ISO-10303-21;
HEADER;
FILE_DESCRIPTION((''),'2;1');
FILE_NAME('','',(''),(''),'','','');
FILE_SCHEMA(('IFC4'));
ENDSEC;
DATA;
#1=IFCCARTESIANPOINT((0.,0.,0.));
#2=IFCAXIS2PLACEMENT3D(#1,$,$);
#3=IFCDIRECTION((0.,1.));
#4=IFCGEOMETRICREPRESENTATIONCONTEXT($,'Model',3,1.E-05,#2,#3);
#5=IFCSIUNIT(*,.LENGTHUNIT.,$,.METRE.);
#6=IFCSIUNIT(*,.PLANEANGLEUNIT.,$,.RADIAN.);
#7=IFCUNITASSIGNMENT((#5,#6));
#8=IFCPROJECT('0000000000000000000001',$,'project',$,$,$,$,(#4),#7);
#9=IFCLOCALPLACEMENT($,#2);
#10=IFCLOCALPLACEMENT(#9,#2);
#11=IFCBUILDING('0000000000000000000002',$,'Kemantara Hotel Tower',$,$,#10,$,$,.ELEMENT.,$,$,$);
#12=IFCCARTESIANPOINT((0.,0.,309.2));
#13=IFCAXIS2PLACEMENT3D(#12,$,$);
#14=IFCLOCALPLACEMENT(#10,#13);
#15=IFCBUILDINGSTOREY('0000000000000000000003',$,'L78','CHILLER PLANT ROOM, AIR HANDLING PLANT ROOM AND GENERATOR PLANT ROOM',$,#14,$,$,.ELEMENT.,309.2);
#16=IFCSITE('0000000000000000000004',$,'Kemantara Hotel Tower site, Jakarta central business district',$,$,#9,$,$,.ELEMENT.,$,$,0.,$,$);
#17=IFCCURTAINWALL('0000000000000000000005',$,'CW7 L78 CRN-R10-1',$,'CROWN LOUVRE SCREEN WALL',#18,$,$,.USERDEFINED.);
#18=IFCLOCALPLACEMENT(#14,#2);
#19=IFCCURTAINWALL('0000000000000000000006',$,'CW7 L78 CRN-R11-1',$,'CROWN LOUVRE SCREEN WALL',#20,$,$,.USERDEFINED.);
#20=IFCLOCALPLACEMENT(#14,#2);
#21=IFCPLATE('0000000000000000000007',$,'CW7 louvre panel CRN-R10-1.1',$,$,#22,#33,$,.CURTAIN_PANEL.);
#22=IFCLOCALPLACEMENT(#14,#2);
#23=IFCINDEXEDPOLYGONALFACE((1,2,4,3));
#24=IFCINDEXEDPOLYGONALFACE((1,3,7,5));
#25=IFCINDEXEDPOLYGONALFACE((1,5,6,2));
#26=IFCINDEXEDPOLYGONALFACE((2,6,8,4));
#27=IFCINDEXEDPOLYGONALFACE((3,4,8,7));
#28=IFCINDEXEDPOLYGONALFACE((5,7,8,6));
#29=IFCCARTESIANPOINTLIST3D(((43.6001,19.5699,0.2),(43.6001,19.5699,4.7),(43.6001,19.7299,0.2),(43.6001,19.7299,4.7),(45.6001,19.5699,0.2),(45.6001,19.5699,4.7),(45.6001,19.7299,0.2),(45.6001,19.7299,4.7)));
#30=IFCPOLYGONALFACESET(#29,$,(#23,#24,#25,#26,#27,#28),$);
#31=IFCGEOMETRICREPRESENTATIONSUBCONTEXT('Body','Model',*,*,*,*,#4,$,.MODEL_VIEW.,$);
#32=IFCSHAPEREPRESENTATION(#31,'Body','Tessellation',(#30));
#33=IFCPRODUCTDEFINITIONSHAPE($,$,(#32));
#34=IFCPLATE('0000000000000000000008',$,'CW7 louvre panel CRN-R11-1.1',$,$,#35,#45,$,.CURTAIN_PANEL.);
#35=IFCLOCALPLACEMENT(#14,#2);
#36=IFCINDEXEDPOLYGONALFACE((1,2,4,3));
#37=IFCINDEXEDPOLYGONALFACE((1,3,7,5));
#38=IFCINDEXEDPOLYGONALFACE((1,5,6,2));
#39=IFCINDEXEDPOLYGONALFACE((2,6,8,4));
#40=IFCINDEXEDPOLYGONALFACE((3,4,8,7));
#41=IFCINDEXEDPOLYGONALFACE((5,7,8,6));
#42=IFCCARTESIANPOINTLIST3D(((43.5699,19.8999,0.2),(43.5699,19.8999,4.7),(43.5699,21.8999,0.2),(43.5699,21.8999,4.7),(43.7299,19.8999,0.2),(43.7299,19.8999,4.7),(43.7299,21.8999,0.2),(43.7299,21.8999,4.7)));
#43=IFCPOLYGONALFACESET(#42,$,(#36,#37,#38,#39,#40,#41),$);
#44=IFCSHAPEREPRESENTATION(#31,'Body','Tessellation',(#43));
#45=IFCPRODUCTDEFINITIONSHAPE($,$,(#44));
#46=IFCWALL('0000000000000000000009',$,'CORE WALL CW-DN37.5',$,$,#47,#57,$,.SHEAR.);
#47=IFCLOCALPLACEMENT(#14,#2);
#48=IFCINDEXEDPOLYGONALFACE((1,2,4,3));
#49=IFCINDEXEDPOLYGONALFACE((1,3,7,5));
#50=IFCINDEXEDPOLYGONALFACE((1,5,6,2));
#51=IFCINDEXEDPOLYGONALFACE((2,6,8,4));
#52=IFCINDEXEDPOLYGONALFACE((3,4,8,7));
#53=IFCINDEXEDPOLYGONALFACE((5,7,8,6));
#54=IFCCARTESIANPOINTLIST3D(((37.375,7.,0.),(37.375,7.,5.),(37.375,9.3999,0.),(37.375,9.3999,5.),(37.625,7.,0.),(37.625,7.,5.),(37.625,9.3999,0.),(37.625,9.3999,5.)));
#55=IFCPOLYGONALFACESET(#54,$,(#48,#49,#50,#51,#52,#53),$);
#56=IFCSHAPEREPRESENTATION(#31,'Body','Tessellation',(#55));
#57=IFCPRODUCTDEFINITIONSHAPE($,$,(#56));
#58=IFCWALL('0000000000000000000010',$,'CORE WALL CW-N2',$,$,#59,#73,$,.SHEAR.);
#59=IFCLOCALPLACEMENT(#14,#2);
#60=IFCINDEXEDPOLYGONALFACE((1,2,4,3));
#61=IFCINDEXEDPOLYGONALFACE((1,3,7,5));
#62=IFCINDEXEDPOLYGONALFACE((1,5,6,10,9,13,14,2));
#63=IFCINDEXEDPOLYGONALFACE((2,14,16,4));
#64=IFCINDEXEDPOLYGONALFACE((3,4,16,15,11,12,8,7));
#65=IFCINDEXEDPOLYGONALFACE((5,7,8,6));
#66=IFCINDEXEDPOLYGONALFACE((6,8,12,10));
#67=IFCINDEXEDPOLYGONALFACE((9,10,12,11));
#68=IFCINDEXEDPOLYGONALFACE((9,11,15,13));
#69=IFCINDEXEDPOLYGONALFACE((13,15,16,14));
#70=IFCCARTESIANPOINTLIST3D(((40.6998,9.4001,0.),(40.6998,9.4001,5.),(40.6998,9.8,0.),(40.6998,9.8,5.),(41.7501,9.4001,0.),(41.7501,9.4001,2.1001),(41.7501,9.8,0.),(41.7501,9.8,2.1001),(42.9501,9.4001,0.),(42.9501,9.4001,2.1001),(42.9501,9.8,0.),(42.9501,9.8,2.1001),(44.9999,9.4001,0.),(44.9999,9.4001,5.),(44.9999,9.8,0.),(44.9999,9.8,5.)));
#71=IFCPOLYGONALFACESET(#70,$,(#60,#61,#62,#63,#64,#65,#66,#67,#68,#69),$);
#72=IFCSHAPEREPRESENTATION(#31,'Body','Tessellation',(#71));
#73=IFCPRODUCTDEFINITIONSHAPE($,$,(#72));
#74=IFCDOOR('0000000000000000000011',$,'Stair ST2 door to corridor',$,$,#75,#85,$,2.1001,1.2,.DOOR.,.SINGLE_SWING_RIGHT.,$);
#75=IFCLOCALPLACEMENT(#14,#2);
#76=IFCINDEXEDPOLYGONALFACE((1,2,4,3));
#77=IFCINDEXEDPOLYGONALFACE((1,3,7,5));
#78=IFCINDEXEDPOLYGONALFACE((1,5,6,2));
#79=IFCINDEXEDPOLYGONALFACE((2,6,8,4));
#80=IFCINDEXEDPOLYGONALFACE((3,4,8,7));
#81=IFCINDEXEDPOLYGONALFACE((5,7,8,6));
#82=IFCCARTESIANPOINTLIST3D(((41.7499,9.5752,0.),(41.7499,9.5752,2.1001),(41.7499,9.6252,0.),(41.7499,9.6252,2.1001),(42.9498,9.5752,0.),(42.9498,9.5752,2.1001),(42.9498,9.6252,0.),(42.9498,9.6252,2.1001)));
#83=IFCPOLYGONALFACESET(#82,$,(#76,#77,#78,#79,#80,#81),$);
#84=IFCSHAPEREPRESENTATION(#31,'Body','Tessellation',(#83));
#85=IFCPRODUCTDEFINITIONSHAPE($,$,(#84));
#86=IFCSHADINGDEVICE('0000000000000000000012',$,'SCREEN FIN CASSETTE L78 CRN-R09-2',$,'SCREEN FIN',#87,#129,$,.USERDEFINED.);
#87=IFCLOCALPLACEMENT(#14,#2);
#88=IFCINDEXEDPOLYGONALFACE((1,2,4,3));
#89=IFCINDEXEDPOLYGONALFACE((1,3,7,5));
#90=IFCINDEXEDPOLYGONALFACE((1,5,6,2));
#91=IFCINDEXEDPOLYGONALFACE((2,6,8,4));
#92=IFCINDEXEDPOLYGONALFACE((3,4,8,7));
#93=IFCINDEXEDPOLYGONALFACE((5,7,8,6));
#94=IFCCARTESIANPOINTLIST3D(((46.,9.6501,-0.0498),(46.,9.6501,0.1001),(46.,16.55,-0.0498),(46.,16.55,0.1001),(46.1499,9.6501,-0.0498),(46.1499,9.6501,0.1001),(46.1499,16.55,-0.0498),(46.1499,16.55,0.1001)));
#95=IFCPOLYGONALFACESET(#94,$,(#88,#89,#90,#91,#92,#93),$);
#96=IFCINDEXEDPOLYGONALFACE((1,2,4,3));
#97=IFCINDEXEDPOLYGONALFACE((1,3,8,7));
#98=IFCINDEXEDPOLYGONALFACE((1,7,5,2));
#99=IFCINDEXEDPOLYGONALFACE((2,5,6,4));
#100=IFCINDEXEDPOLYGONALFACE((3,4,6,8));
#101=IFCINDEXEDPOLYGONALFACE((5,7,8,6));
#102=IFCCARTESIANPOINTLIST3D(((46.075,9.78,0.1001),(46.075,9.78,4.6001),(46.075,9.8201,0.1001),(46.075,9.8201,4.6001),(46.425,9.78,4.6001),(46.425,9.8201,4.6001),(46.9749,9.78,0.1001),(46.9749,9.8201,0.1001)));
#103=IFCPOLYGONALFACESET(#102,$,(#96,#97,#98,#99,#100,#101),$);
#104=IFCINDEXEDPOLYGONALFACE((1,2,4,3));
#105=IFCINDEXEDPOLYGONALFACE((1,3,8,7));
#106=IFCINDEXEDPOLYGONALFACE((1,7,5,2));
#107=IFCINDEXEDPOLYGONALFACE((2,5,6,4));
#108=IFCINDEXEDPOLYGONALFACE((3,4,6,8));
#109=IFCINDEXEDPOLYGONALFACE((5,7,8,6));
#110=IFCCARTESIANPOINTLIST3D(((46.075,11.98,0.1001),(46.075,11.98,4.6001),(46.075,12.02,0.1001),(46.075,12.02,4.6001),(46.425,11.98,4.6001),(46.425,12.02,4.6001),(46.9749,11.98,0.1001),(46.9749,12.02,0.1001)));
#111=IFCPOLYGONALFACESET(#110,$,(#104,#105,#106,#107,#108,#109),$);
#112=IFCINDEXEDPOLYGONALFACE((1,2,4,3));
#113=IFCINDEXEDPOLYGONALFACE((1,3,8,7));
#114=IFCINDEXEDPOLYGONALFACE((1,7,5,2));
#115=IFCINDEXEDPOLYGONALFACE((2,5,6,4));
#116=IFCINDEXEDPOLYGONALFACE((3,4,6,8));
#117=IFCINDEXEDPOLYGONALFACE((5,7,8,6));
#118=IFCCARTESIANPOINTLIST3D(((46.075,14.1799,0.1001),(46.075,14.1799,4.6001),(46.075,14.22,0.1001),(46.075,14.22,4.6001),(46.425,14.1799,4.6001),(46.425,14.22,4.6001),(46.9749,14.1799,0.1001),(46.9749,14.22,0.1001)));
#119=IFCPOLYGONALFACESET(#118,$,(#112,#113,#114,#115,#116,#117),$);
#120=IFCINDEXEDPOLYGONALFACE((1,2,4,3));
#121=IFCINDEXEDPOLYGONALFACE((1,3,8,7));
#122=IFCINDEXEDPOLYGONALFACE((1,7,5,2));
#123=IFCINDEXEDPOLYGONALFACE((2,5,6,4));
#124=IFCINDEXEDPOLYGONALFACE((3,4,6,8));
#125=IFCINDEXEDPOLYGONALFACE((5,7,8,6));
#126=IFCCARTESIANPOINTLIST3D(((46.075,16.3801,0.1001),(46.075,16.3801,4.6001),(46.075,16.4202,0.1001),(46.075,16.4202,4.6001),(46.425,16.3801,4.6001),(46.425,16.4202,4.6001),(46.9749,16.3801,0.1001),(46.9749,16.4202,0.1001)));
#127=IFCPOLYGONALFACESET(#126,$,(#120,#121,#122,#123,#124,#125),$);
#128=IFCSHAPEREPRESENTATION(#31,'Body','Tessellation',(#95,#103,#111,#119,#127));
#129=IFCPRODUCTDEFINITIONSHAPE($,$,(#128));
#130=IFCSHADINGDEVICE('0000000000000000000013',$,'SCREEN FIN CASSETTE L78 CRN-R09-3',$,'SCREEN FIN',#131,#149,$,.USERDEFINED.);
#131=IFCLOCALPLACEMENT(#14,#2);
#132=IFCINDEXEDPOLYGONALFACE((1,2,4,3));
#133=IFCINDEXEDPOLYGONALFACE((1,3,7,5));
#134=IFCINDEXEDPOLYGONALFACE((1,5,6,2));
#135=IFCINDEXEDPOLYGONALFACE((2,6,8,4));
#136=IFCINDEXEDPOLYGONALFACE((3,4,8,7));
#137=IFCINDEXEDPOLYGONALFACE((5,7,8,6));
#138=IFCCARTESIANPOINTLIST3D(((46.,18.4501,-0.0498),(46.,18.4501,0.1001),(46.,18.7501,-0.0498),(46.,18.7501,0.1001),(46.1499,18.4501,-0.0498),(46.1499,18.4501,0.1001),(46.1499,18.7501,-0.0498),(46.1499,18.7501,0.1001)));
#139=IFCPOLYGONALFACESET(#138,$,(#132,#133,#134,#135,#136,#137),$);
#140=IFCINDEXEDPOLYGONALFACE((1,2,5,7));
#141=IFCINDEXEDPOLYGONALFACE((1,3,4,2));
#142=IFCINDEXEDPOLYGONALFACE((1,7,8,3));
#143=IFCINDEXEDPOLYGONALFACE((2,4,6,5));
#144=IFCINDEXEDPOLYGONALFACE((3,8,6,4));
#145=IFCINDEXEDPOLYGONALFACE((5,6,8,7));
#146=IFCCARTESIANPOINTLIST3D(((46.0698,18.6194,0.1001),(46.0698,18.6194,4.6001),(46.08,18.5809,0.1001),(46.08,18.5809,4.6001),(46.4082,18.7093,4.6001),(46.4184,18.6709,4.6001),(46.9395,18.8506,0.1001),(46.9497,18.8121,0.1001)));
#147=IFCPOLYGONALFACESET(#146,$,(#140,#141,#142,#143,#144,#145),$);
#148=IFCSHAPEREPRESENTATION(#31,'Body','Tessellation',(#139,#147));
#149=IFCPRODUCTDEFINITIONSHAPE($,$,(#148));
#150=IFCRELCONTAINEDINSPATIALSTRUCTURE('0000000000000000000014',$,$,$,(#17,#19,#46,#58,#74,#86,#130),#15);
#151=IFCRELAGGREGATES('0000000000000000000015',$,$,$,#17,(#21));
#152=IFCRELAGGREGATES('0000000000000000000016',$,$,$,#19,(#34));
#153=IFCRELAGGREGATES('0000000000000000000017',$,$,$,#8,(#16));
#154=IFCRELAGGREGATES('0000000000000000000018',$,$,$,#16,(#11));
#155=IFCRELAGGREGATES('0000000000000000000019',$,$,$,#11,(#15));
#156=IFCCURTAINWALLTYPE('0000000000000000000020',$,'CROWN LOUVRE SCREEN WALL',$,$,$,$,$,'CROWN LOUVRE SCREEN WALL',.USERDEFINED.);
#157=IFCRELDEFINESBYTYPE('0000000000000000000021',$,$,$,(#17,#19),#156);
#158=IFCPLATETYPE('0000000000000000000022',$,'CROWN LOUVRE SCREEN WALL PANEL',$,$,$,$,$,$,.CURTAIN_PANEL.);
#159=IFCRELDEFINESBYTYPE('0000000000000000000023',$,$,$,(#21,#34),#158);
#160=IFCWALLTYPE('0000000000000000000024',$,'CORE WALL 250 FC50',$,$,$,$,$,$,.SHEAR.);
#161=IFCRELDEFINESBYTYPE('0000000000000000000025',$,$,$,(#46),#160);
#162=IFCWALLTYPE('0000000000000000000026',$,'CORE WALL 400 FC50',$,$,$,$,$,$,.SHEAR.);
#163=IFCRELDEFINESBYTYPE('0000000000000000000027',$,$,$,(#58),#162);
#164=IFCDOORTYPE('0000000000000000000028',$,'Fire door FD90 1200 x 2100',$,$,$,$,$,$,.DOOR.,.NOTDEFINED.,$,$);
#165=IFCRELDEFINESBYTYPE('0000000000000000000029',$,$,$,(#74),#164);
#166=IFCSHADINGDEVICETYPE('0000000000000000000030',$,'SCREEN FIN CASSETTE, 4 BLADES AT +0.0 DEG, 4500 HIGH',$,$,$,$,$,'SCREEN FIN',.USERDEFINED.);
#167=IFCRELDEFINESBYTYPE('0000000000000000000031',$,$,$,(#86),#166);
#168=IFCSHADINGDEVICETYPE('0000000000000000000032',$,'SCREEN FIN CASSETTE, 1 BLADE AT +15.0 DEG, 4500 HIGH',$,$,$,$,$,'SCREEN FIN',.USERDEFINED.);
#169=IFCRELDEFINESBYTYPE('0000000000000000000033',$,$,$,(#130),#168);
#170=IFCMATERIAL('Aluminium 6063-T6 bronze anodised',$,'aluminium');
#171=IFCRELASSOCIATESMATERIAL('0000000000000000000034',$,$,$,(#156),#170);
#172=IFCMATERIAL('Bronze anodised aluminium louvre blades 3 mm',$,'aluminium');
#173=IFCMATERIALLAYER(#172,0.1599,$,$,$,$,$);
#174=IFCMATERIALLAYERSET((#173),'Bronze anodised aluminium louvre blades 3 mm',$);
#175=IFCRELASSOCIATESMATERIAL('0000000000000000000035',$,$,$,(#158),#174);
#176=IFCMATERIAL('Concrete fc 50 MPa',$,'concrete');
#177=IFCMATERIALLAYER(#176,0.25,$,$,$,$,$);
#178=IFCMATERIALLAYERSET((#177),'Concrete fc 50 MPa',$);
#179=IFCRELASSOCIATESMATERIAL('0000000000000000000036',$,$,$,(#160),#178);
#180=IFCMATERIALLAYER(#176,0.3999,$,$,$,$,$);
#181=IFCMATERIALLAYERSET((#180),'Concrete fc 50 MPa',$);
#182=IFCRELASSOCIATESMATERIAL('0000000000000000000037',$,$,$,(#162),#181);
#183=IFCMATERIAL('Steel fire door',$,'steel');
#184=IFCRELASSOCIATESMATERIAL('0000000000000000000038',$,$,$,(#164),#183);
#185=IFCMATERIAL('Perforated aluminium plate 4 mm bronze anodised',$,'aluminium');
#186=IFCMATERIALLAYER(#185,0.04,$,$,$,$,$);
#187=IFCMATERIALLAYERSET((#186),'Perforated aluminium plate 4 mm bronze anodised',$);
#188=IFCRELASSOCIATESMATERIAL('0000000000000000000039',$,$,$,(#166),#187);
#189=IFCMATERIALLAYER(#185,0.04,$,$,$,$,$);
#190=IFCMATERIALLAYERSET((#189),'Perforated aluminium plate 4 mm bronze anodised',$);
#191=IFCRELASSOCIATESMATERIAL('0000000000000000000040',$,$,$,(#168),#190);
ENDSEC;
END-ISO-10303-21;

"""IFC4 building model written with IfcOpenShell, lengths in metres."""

from ifc_helpers import new_model, si_unit, direction, frame, frame_2d, origin, origin_2d, place, context, subcontext, project, spatial, polyline, rectangle, outline, extrude, source, transform, mapped, material, layer, layer_set, type_object, element, fill, aggregate, save


model = new_model("IFC4")

# Units and contexts
model_context = context("Model", 3, precision=1e-05, world=origin(), true_north=direction((0.0, 1.0)))
body_context = subcontext(model_context, "Body", "Model", "MODEL_VIEW")
ifc_project = project(units=[si_unit("LENGTHUNIT", "METRE"), si_unit("PLANEANGLEUNIT", "RADIAN")], contexts=[model_context])

# Site, building, storey
site_placement = place(None, origin())
site = spatial("IfcSite", under=ifc_project, at=site_placement, Name="Kemantara Hotel Tower site, Jakarta central business district", CompositionType="ELEMENT", RefElevation=0.0)
building_placement = place(site_placement, origin())
building = spatial("IfcBuilding", under=site, at=building_placement, Name="Kemantara Hotel Tower", CompositionType="ELEMENT")
storey_placement = place(building_placement, frame((0.0, 0.0, 309.2)))
storey = spatial("IfcBuildingStorey", under=building, at=storey_placement, Name="L78", Description="CHILLER PLANT ROOM, AIR HANDLING PLANT ROOM AND GENERATOR PLANT ROOM", CompositionType="ELEMENT", Elevation=309.2)

# Shared definitions
ifc_material_1 = material(Name="Concrete fc 50 MPa", Category="concrete")

# Curtain walls
ifc_material_2 = material(Name="Aluminium 6063-T6 bronze anodised", Category="aluminium")
curtain_wall_type = type_object("IfcCurtainWallType", Name="CROWN LOUVRE SCREEN WALL", ElementType="CROWN LOUVRE SCREEN WALL", PredefinedType="USERDEFINED", material=ifc_material_2)
curtain_wall_1_placement = place(storey_placement, origin())
curtain_wall_1 = element("IfcCurtainWall", 1, at=curtain_wall_1_placement, inside=storey, type_object=curtain_wall_type, Name="CW7 L78 CRN-R10-1", ObjectType="CROWN LOUVRE SCREEN WALL", PredefinedType="USERDEFINED")
curtain_wall_2_placement = place(storey_placement, origin())
curtain_wall_2 = element("IfcCurtainWall", 2, at=curtain_wall_2_placement, inside=storey, type_object=curtain_wall_type, Name="CW7 L78 CRN-R11-1", ObjectType="CROWN LOUVRE SCREEN WALL", PredefinedType="USERDEFINED")

# Plates
ifc_material_3 = material(Name="Bronze anodised aluminium louvre blades 3 mm", Category="aluminium")
ifc_layer_1 = layer(ifc_material_3, 0.1599)
ifc_layer_set_1 = layer_set([ifc_layer_1], Name="Bronze anodised aluminium louvre blades 3 mm")
plate_type = type_object("IfcPlateType", Name="CROWN LOUVRE SCREEN WALL PANEL", PredefinedType="CURTAIN_PANEL", material=ifc_layer_set_1)
shared_shape_1 = source(origin(), body_context, "Body", "SweptSolid", [
    extrude(rectangle(XDim=2.0, YDim=0.1599, at=origin_2d()), origin(), (0.0, 0.0, 1.0), 4.5),
])
plate_1_placement = place(storey_placement, frame((44.6001, 19.6499, 0.2), z_axis=(0.0, 0.0, 1.0), x_axis=(-1.0, 0.0, 0.0)))
plate_1 = element("IfcPlate", 3, at=plate_1_placement, type_object=plate_type, Name="CW7 louvre panel CRN-R10-1.1", PredefinedType="CURTAIN_PANEL", context=body_context, shape_type="MappedRepresentation", body=[
    mapped(shared_shape_1, transform((0.0, 0.0, 0.0))),
])
aggregate(curtain_wall_1, [plate_1])
plate_2_placement = place(storey_placement, frame((43.6499, 20.8999, 0.2), z_axis=(0.0, 0.0, 1.0), x_axis=(0.0, 1.0, 0.0)))
plate_2 = element("IfcPlate", 4, at=plate_2_placement, type_object=plate_type, Name="CW7 louvre panel CRN-R11-1.1", PredefinedType="CURTAIN_PANEL", context=body_context, shape_type="MappedRepresentation", body=[
    mapped(shared_shape_1, transform((0.0, 0.0, 0.0))),
])
aggregate(curtain_wall_2, [plate_2])

# Wall
ifc_layer_2 = layer(ifc_material_1, 0.25)
ifc_layer_set_2 = layer_set([ifc_layer_2], Name="Concrete fc 50 MPa")
wall_type_1 = type_object("IfcWallType", Name="CORE WALL 250 FC50", PredefinedType="SHEAR", material=ifc_layer_set_2)
wall_1_placement = place(storey_placement, frame((37.5, 7.0, 0.0), z_axis=(0.0, 0.0, 1.0), x_axis=(0.0, 1.0, 0.0)))
element("IfcWall", 5, at=wall_1_placement, inside=storey, type_object=wall_type_1, Name="CORE WALL CW-DN37.5", PredefinedType="SHEAR", context=body_context, shape_type="SweptSolid", body=[
    extrude(rectangle(XDim=2.3999, YDim=0.25, at=frame_2d((1.2, 0.0))), origin(), (0.0, 0.0, 1.0), 5.0),
])

# Wall, opening, door
ifc_layer_3 = layer(ifc_material_1, 0.3999)
ifc_layer_set_3 = layer_set([ifc_layer_3], Name="Concrete fc 50 MPa")
wall_type_2 = type_object("IfcWallType", Name="CORE WALL 400 FC50", PredefinedType="SHEAR", material=ifc_layer_set_3)
wall_2_placement = place(storey_placement, frame((40.7, 9.6001, 0.0), z_axis=(0.0, 0.0, 1.0), x_axis=(1.0, 0.0, 0.0)))
wall_2 = element("IfcWall", 6, at=wall_2_placement, inside=storey, type_object=wall_type_2, Name="CORE WALL CW-N2", PredefinedType="SHEAR", context=body_context, shape_type="SweptSolid", body=[
    extrude(rectangle(XDim=4.3, YDim=0.3999, at=frame_2d((2.1499, 0.0))), origin(), (0.0, 0.0, 1.0), 5.0),
])
opening_placement = place(wall_2_placement, frame((1.05, 0.0, 0.0)))
opening = element("IfcOpeningElement", 7, at=opening_placement, cuts=wall_2, PredefinedType="OPENING", context=body_context, shape_type="SweptSolid", body=[
    extrude(rectangle(XDim=1.2, YDim=2.1001, at=frame_2d((0.6001, 1.05))), frame((0.0, 0.21, 0.0), z_axis=(0.0, -1.0, 0.0), x_axis=(1.0, 0.0, 0.0)), (0.0, 0.0, 1.0), 0.4199),
])
ifc_material_4 = material(Name="Steel fire door", Category="steel")
door_type = type_object("IfcDoorType", Name="Fire door FD90 1200 x 2100", OperationType="NOTDEFINED", PredefinedType="DOOR", material=ifc_material_4)
door_placement = place(opening_placement, frame((1.2, 0.0, 0.0), z_axis=(0.0, 0.0, 1.0), x_axis=(-1.0, 0.0, 0.0)))
door = element("IfcDoor", 8, at=door_placement, inside=storey, type_object=door_type, Name="Stair ST2 door to corridor", OperationType="SINGLE_SWING_RIGHT", OverallHeight=2.1001, OverallWidth=1.2, PredefinedType="DOOR", context=body_context, shape_type="SweptSolid", body=[
    extrude(rectangle(XDim=1.2, YDim=2.1001, at=frame_2d((0.6001, 1.05))), frame((0.0, 0.0249, 0.0), z_axis=(0.0, -1.0, 0.0), x_axis=(1.0, 0.0, 0.0)), (0.0, 0.0, 1.0), 0.05),
])
fill(opening, door)

# Shading devices
ifc_material_5 = material(Name="Perforated aluminium plate 4 mm bronze anodised", Category="aluminium")
ifc_layer_4 = layer(ifc_material_5, 0.04)
ifc_layer_set_4 = layer_set([ifc_layer_4], Name="Perforated aluminium plate 4 mm bronze anodised")
shading_device_type_1 = type_object("IfcShadingDeviceType", Name="SCREEN FIN CASSETTE, 4 BLADES AT +0.0 DEG, 4500 HIGH", ElementType="SCREEN FIN", PredefinedType="USERDEFINED", material=ifc_layer_set_4)
shared_shape_2 = source(origin(), body_context, "Body", "SweptSolid", [
    extrude(rectangle(XDim=6.8999, YDim=0.1499, at=origin_2d()), frame((3.3, -0.075, -0.1499), z_axis=(0.0, 0.0, 1.0), x_axis=(1.0, 0.0, 0.0)), (0.0, 0.0, 1.0), 0.1499),
    extrude(outline(polyline([(0.0, 0.0), (0.8999, 0.0), (0.3501, 4.5), (0.0, 4.5), (0.0, 0.0)])), frame((0.02, -0.075, 0.0), z_axis=(-1.0, 0.0, 0.0), x_axis=(0.0, -1.0, 0.0)), (0.0, 0.0, 1.0), 0.04),
    extrude(outline(polyline([(0.0, 0.0), (0.8999, 0.0), (0.3501, 4.5), (0.0, 4.5), (0.0, 0.0)])), frame((2.22, -0.075, 0.0), z_axis=(-1.0, 0.0, 0.0), x_axis=(0.0, -1.0, 0.0)), (0.0, 0.0, 1.0), 0.04),
    extrude(outline(polyline([(0.0, 0.0), (0.8999, 0.0), (0.3501, 4.5), (0.0, 4.5), (0.0, 0.0)])), frame((4.4199, -0.075, 0.0), z_axis=(-1.0, 0.0, 0.0), x_axis=(0.0, -1.0, 0.0)), (0.0, 0.0, 1.0), 0.04),
    extrude(outline(polyline([(0.0, 0.0), (0.8999, 0.0), (0.3501, 4.5), (0.0, 4.5), (0.0, 0.0)])), frame((6.6201, -0.075, 0.0), z_axis=(-1.0, 0.0, 0.0), x_axis=(0.0, -1.0, 0.0)), (0.0, 0.0, 1.0), 0.04),
])
shading_device_1_placement = place(storey_placement, frame((46.0, 9.8, 0.1001), z_axis=(0.0, 0.0, 1.0), x_axis=(0.0, 1.0, 0.0)))
element("IfcShadingDevice", 9, at=shading_device_1_placement, inside=storey, type_object=shading_device_type_1, Name="SCREEN FIN CASSETTE L78 CRN-R09-2", ObjectType="SCREEN FIN", PredefinedType="USERDEFINED", context=body_context, shape_type="MappedRepresentation", body=[
    mapped(shared_shape_2, transform((0.0, 0.0, 0.0))),
])
ifc_layer_5 = layer(ifc_material_5, 0.04)
ifc_layer_set_5 = layer_set([ifc_layer_5], Name="Perforated aluminium plate 4 mm bronze anodised")
shading_device_type_2 = type_object("IfcShadingDeviceType", Name="SCREEN FIN CASSETTE, 1 BLADE AT +15.0 DEG, 4500 HIGH", ElementType="SCREEN FIN", PredefinedType="USERDEFINED", material=ifc_layer_set_5)
shared_shape_3 = source(origin(), body_context, "Body", "SweptSolid", [
    extrude(rectangle(XDim=0.3, YDim=0.1499, at=origin_2d()), frame((0.0, -0.075, -0.1499), z_axis=(0.0, 0.0, 1.0), x_axis=(1.0, 0.0, 0.0)), (0.0, 0.0, 1.0), 0.1499),
    extrude(outline(polyline([(0.0, 0.0), (0.8999, 0.0), (0.3501, 4.5), (0.0, 4.5), (0.0, 0.0)])), frame((0.0193, -0.0698, 0.0), z_axis=(-0.966438, -0.256901, 0.0), x_axis=(0.256901, -0.966438, 0.0)), (0.0, 0.0, 1.0), 0.0398),
])
shading_device_2_placement = place(storey_placement, frame((46.0, 18.6001, 0.1001), z_axis=(0.0, 0.0, 1.0), x_axis=(0.0, 1.0, 0.0)))
element("IfcShadingDevice", 10, at=shading_device_2_placement, inside=storey, type_object=shading_device_type_2, Name="SCREEN FIN CASSETTE L78 CRN-R09-3", ObjectType="SCREEN FIN", PredefinedType="USERDEFINED", context=body_context, shape_type="MappedRepresentation", body=[
    mapped(shared_shape_3, transform((0.0, 0.0, 0.0))),
])

save(model, "model.ifc")
